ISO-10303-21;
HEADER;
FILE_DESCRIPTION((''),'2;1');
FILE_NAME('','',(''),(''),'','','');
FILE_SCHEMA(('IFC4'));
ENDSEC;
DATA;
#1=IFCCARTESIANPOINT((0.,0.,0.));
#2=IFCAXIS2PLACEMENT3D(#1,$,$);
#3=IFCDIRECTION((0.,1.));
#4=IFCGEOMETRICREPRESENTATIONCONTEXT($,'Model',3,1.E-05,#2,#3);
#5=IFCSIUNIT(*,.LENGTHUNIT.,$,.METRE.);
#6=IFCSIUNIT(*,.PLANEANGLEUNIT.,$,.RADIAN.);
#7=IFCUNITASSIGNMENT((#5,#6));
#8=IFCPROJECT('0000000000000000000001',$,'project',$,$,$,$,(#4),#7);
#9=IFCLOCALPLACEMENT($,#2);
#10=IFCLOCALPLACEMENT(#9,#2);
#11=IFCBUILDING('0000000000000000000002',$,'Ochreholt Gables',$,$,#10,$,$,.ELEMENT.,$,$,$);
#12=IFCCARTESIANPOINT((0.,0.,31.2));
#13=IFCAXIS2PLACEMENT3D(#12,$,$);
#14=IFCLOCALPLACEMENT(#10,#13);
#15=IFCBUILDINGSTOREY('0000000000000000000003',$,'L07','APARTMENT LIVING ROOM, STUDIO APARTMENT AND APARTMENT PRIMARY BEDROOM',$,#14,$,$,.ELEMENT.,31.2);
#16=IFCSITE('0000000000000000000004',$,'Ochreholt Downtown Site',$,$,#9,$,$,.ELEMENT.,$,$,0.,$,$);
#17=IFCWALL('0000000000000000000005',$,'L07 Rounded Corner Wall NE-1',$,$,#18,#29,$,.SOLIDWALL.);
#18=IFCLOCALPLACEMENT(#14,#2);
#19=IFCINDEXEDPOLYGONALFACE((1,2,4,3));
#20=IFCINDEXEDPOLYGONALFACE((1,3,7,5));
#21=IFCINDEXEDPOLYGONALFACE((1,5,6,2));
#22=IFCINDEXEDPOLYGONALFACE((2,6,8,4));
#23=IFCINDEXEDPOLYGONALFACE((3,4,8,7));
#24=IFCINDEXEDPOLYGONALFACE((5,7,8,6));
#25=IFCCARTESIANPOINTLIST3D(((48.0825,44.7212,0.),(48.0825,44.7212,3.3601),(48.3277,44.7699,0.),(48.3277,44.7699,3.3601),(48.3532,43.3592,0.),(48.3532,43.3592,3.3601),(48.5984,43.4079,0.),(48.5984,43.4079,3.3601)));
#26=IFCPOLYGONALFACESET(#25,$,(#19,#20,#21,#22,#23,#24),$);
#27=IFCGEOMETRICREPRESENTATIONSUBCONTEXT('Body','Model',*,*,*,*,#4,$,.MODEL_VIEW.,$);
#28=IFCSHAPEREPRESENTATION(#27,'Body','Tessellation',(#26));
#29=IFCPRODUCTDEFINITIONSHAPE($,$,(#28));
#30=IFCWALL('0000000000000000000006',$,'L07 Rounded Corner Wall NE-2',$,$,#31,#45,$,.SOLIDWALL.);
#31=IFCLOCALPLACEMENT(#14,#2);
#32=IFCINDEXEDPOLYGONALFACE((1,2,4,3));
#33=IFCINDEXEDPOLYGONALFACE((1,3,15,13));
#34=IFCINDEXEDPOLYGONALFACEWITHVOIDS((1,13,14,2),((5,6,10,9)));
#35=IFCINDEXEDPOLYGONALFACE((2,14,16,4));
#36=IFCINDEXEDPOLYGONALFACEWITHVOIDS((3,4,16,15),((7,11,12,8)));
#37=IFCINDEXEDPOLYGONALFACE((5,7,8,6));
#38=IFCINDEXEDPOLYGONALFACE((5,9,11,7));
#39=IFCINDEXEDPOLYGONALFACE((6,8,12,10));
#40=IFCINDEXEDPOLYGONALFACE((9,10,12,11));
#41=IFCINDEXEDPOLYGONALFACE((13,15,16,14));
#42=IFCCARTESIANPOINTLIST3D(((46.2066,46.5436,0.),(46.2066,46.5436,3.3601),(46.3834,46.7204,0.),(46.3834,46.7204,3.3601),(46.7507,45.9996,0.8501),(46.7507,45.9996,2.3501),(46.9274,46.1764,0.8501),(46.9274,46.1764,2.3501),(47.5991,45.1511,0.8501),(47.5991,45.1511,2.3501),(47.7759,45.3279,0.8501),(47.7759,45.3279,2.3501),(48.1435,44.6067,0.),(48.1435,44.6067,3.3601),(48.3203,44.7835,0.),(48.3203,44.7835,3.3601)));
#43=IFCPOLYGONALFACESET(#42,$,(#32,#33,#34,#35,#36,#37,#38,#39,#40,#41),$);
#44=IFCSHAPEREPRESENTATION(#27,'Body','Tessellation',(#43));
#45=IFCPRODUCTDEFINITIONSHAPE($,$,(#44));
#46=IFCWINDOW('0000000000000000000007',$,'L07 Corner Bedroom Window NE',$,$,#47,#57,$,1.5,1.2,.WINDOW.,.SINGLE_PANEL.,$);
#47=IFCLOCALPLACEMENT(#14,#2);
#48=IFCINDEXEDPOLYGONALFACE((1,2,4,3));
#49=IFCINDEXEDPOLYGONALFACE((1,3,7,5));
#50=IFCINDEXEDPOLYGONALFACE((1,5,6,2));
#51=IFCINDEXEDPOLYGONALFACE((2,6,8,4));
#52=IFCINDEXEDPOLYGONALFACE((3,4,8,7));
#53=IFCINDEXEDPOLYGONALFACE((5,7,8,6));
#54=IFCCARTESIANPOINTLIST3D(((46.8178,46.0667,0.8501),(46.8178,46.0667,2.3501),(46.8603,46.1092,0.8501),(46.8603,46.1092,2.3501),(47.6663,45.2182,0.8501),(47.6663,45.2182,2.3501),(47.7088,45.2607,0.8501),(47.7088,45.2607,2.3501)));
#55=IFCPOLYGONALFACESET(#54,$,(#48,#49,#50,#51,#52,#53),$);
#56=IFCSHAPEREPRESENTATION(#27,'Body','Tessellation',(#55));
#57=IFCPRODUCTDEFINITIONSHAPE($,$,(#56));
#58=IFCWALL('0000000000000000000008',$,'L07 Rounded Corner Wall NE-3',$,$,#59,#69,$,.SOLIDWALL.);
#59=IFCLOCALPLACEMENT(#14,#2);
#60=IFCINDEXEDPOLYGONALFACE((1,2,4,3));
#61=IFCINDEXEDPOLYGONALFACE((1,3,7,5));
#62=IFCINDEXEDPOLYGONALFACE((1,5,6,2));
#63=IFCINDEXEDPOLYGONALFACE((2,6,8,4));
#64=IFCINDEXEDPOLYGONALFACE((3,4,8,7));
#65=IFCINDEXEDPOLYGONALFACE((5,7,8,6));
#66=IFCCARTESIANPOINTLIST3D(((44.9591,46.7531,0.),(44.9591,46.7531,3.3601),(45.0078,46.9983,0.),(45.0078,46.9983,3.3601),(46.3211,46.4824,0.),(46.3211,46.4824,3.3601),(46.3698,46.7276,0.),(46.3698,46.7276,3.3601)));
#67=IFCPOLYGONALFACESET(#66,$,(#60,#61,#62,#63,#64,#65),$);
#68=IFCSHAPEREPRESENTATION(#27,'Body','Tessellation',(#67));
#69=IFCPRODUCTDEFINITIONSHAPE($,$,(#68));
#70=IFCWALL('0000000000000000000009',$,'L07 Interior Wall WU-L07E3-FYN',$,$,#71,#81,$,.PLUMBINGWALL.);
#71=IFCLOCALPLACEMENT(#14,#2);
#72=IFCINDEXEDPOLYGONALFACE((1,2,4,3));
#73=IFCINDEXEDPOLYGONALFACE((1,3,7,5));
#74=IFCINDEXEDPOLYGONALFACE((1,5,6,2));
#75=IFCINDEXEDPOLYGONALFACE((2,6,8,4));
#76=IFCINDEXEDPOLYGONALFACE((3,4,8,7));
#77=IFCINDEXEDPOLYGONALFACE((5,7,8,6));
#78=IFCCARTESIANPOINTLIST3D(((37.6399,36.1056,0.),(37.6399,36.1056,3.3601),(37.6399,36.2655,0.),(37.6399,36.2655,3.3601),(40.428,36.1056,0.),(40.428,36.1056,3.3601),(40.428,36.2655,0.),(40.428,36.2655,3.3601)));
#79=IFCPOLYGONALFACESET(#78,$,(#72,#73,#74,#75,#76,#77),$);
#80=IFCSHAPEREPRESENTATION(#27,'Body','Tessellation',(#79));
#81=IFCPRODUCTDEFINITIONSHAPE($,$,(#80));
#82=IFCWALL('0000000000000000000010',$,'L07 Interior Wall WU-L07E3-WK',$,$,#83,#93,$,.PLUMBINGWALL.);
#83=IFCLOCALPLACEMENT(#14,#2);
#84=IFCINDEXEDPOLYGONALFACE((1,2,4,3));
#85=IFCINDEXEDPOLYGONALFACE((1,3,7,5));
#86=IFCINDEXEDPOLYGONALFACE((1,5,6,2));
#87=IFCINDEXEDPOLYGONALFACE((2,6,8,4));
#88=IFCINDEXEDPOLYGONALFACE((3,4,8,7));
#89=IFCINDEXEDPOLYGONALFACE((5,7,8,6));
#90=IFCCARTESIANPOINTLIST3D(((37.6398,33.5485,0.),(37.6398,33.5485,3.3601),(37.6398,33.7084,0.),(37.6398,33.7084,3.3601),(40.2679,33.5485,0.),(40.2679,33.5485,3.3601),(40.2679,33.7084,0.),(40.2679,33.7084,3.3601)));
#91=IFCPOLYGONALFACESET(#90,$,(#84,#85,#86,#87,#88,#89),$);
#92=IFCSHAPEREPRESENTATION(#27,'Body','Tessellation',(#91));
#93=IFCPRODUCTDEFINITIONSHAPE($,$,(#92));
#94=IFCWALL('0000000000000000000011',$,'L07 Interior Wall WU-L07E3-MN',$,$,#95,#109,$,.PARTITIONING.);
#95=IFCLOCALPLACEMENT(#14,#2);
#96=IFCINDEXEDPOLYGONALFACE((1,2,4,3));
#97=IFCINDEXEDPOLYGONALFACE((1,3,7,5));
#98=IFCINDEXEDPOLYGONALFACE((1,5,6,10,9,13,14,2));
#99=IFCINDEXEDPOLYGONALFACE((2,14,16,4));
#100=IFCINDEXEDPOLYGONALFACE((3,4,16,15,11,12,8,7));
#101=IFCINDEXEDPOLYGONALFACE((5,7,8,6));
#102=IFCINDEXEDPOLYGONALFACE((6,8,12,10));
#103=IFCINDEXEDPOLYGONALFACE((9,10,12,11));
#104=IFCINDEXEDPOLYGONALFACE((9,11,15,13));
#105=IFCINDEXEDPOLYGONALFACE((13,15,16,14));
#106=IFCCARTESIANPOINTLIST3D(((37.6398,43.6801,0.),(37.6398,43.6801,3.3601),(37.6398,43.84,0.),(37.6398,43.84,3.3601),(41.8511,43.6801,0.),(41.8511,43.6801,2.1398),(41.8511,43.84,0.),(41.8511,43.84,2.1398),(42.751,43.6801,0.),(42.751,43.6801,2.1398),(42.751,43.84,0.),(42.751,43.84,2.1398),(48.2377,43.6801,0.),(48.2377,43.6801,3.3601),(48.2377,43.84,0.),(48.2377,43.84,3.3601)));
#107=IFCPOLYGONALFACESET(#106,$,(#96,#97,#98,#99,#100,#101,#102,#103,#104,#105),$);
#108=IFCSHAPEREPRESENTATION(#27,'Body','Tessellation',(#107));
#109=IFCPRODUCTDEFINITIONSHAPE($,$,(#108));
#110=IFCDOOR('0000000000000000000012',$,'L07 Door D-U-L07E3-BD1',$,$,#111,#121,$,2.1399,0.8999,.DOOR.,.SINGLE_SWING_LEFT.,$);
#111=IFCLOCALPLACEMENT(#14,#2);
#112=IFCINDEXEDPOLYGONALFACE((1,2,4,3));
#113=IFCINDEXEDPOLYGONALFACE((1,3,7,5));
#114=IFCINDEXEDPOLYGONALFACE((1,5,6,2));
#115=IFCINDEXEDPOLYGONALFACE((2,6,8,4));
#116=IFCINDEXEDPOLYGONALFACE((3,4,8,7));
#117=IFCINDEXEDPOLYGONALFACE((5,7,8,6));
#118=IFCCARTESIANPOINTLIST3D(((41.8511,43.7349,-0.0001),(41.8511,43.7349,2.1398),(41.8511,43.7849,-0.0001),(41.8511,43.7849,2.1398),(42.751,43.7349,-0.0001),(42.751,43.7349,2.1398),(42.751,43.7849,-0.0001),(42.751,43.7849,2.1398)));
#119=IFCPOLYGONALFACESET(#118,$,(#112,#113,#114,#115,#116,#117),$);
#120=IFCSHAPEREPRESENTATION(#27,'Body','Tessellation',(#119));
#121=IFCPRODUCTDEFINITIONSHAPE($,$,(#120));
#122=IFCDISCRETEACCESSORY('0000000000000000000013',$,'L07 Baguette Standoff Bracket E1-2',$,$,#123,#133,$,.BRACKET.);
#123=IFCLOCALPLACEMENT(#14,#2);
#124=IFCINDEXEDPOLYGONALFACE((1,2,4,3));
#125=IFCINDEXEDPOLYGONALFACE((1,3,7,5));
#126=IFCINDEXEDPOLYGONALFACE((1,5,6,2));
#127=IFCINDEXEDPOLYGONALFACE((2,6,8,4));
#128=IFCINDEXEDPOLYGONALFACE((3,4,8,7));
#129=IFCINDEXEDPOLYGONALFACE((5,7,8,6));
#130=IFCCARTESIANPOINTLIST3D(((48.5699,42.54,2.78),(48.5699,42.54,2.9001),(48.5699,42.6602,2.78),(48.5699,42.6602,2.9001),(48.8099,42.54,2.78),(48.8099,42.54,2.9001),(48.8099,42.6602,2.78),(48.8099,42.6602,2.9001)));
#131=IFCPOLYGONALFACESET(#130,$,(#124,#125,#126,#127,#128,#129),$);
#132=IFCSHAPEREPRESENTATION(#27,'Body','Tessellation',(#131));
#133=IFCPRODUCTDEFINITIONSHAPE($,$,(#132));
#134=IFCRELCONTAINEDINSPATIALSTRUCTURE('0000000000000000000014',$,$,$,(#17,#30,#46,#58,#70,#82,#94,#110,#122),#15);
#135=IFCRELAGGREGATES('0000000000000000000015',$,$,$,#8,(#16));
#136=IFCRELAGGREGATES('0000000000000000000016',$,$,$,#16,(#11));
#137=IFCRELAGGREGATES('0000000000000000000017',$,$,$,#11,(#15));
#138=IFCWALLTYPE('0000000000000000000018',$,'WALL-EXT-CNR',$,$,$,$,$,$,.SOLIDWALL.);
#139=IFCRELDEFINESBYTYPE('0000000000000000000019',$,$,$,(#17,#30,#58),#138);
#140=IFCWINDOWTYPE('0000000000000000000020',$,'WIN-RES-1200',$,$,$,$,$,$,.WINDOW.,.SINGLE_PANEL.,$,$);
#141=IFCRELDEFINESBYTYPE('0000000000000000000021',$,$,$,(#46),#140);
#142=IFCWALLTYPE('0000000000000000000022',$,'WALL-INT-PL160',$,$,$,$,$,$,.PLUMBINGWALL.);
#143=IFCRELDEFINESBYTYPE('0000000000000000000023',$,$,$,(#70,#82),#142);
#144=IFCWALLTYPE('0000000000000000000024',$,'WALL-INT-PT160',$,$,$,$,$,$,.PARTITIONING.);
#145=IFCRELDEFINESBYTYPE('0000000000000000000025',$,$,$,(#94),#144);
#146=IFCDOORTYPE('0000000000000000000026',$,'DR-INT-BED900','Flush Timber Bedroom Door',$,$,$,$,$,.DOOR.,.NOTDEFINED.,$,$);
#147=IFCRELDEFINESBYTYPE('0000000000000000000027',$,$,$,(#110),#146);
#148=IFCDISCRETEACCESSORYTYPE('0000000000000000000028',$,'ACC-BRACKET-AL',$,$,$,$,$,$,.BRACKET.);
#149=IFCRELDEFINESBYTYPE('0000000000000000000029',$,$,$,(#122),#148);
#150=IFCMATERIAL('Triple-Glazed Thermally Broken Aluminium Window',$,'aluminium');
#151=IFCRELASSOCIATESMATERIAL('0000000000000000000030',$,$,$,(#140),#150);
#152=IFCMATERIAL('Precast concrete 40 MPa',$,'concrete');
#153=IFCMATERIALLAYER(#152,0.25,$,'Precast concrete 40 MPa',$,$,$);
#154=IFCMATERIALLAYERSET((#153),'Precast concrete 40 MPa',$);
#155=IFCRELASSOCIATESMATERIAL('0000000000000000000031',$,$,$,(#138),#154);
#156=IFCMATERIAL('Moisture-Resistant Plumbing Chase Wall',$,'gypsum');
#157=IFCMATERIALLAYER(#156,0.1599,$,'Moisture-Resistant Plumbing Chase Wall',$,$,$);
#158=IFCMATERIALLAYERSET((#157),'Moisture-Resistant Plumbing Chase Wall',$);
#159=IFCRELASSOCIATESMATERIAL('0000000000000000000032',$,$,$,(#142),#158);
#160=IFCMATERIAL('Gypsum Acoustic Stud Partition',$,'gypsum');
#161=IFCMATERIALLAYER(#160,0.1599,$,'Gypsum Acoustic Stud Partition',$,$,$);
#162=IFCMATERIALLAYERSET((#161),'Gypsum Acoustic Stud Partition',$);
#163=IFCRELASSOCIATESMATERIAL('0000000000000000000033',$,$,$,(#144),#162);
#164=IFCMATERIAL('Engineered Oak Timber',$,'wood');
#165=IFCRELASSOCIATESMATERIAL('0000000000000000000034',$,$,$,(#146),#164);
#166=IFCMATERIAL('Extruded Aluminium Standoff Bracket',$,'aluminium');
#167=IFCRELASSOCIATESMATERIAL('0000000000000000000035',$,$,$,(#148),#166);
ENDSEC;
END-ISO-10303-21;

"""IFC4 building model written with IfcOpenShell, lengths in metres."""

from ifc_helpers import new_model, si_unit, direction, frame, frame_2d, origin, origin_2d, place, context, subcontext, project, spatial, rectangle, extrude, material, layer, layer_set, type_object, element, fill, save


model = new_model("IFC4")

# Units and contexts
model_context = context("Model", 3, precision=1e-05, world=origin(), true_north=direction((0.0, 1.0)))
body_context = subcontext(model_context, "Body", "Model", "MODEL_VIEW")
ifc_project = project(units=[si_unit("LENGTHUNIT", "METRE"), si_unit("PLANEANGLEUNIT", "RADIAN")], contexts=[model_context])

# Site, building, storey
site_placement = place(None, origin())
site = spatial("IfcSite", under=ifc_project, at=site_placement, Name="Ochreholt Downtown Site", CompositionType="ELEMENT", RefElevation=0.0)
building_placement = place(site_placement, origin())
building = spatial("IfcBuilding", under=site, at=building_placement, Name="Ochreholt Gables", CompositionType="ELEMENT")
storey_placement = place(building_placement, frame((0.0, 0.0, 31.2)))
storey = spatial("IfcBuildingStorey", under=building, at=storey_placement, Name="L07", Description="APARTMENT LIVING ROOM, STUDIO APARTMENT AND APARTMENT PRIMARY BEDROOM", CompositionType="ELEMENT", Elevation=31.2)

# Shared definitions
ifc_material_1 = material(Name="Precast concrete 40 MPa", Category="concrete")
ifc_material_2 = material(Name="Triple-Glazed Thermally Broken Aluminium Window", Category="aluminium")
window_type_1 = type_object("IfcWindowType", Name="WIN-RES-1200", PartitioningType="SINGLE_PANEL", PredefinedType="WINDOW", material=ifc_material_2)

# Wall
ifc_layer_1 = layer(ifc_material_1, 0.25, Name="Precast concrete 40 MPa")
ifc_layer_set_1 = layer_set([ifc_layer_1], Name="Precast concrete 40 MPa")
wall_type_1 = type_object("IfcWallType", Name="WALL-EXT-CNR", PredefinedType="SOLIDWALL", material=ifc_layer_set_1)
wall_1_placement = place(storey_placement, frame((48.4758, 43.3835, 0.0), z_axis=(0.0, 0.0, 1.0), x_axis=(-0.194967, 0.98081, 0.0)))
element("IfcWall", 1, at=wall_1_placement, inside=storey, type_object=wall_type_1, Name="L07 Rounded Corner Wall NE-1", PredefinedType="SOLIDWALL", context=body_context, shape_type="SweptSolid", body=[
    extrude(rectangle(XDim=1.3887, YDim=0.25, at=frame_2d((0.6943, 0.0))), origin(), (0.0, 0.0, 1.0), 3.3601),
])

# Wall, opening, window
wall_2_placement = place(storey_placement, frame((48.2319, 44.6951, 0.0), z_axis=(0.0, 0.0, 1.0), x_axis=(-0.707107, 0.707107, 0.0)))
wall_2 = element("IfcWall", 2, at=wall_2_placement, inside=storey, type_object=wall_type_1, Name="L07 Rounded Corner Wall NE-2", PredefinedType="SOLIDWALL", context=body_context, shape_type="SweptSolid", body=[
    extrude(rectangle(XDim=2.7393, YDim=0.25, at=frame_2d((1.3696, 0.0))), origin(), (0.0, 0.0, 1.0), 3.3601),
])
opening_1_placement = place(wall_2_placement, frame((0.7698, 0.0, 0.8501)))
opening_1 = element("IfcOpeningElement", 3, at=opening_1_placement, cuts=wall_2, PredefinedType="OPENING", context=body_context, shape_type="SweptSolid", body=[
    extrude(rectangle(XDim=1.2, YDim=1.5, at=frame_2d((0.6001, 0.75))), frame((0.0, 0.135, 0.0), z_axis=(0.0, -1.0, 0.0), x_axis=(1.0, 0.0, 0.0)), (0.0, 0.0, 1.0), 0.27),
])
window_1_placement = place(opening_1_placement, origin())
window_1 = element("IfcWindow", 4, at=window_1_placement, inside=storey, type_object=window_type_1, Name="L07 Corner Bedroom Window NE", OverallHeight=1.5, OverallWidth=1.2, PartitioningType="SINGLE_PANEL", PredefinedType="WINDOW", context=body_context, shape_type="SweptSolid", body=[
    extrude(rectangle(XDim=1.2, YDim=1.5, at=frame_2d((0.6001, 0.75))), frame((0.0, 0.03, 0.0), z_axis=(0.0, -1.0, 0.0), x_axis=(1.0, 0.0, 0.0)), (0.0, 0.0, 1.0), 0.0601),
])
fill(opening_1, window_1)

# Walls
wall_3_placement = place(storey_placement, frame((46.3455, 46.605, 0.0), z_axis=(0.0, 0.0, 1.0), x_axis=(-0.98081, 0.194967, 0.0)))
element("IfcWall", 5, at=wall_3_placement, inside=storey, type_object=wall_type_1, Name="L07 Rounded Corner Wall NE-3", PredefinedType="SOLIDWALL", context=body_context, shape_type="SweptSolid", body=[
    extrude(rectangle(XDim=1.3887, YDim=0.25, at=frame_2d((0.6943, 0.0))), origin(), (0.0, 0.0, 1.0), 3.3601),
])
ifc_material_3 = material(Name="Moisture-Resistant Plumbing Chase Wall", Category="gypsum")
ifc_layer_2 = layer(ifc_material_3, 0.1599, Name="Moisture-Resistant Plumbing Chase Wall")
ifc_layer_set_2 = layer_set([ifc_layer_2], Name="Moisture-Resistant Plumbing Chase Wall")
wall_type_2 = type_object("IfcWallType", Name="WALL-INT-PL160", PredefinedType="PLUMBINGWALL", material=ifc_layer_set_2)
wall_4_placement = place(storey_placement, frame((37.6399, 36.1855, 0.0), z_axis=(0.0, 0.0, 1.0), x_axis=(1.0, 0.0, 0.0)))
element("IfcWall", 6, at=wall_4_placement, inside=storey, type_object=wall_type_2, Name="L07 Interior Wall WU-L07E3-FYN", PredefinedType="PLUMBINGWALL", context=body_context, shape_type="SweptSolid", body=[
    extrude(rectangle(XDim=2.7881, YDim=0.1599, at=frame_2d((1.394, 0.0))), origin(), (0.0, 0.0, 1.0), 3.3601),
])
wall_5_placement = place(storey_placement, frame((37.6399, 33.6284, 0.0), z_axis=(0.0, 0.0, 1.0), x_axis=(1.0, 0.0, 0.0)))
element("IfcWall", 7, at=wall_5_placement, inside=storey, type_object=wall_type_2, Name="L07 Interior Wall WU-L07E3-WK", PredefinedType="PLUMBINGWALL", context=body_context, shape_type="SweptSolid", body=[
    extrude(rectangle(XDim=2.6282, YDim=0.1599, at=frame_2d((1.314, 0.0))), origin(), (0.0, 0.0, 1.0), 3.3601),
])

# Wall, opening, door
ifc_material_4 = material(Name="Gypsum Acoustic Stud Partition", Category="gypsum")
ifc_layer_3 = layer(ifc_material_4, 0.1599, Name="Gypsum Acoustic Stud Partition")
ifc_layer_set_3 = layer_set([ifc_layer_3], Name="Gypsum Acoustic Stud Partition")
wall_type_3 = type_object("IfcWallType", Name="WALL-INT-PT160", PredefinedType="PARTITIONING", material=ifc_layer_set_3)
wall_6_placement = place(storey_placement, frame((37.6399, 43.76, 0.0), z_axis=(0.0, 0.0, 1.0), x_axis=(1.0, 0.0, 0.0)))
wall_6 = element("IfcWall", 8, at=wall_6_placement, inside=storey, type_object=wall_type_3, Name="L07 Interior Wall WU-L07E3-MN", PredefinedType="PARTITIONING", context=body_context, shape_type="SweptSolid", body=[
    extrude(rectangle(XDim=10.5979, YDim=0.1599, at=frame_2d((5.2988, 0.0))), origin(), (0.0, 0.0, 1.0), 3.3601),
])
opening_2_placement = place(wall_6_placement, frame((4.2112, 0.0, 0.0)))
opening_2 = element("IfcOpeningElement", 9, at=opening_2_placement, cuts=wall_6, PredefinedType="OPENING", context=body_context, shape_type="SweptSolid", body=[
    extrude(rectangle(XDim=0.8999, YDim=2.1399, at=frame_2d((0.45, 1.0698))), frame((0.0, 0.0898, 0.0), z_axis=(0.0, -1.0, 0.0), x_axis=(1.0, 0.0, 0.0)), (0.0, 0.0, 1.0), 0.1799),
])
ifc_material_5 = material(Name="Engineered Oak Timber", Category="wood")
door_type = type_object("IfcDoorType", Name="DR-INT-BED900", Description="Flush Timber Bedroom Door", OperationType="NOTDEFINED", PredefinedType="DOOR", material=ifc_material_5)
door_placement = place(opening_2_placement, origin())
door = element("IfcDoor", 10, at=door_placement, inside=storey, type_object=door_type, Name="L07 Door D-U-L07E3-BD1", OperationType="SINGLE_SWING_LEFT", OverallHeight=2.1399, OverallWidth=0.8999, PredefinedType="DOOR", context=body_context, shape_type="SweptSolid", body=[
    extrude(rectangle(XDim=0.8999, YDim=2.1399, at=frame_2d((0.45, 1.0698))), frame((0.0, 0.0249, 0.0), z_axis=(0.0, -1.0, 0.0), x_axis=(1.0, 0.0, 0.0)), (0.0, 0.0, 1.0), 0.05),
])
fill(opening_2, door)

# Discrete accessory
ifc_material_6 = material(Name="Extruded Aluminium Standoff Bracket", Category="aluminium")
discrete_accessory_type = type_object("IfcDiscreteAccessoryType", Name="ACC-BRACKET-AL", PredefinedType="BRACKET", material=ifc_material_6)
discrete_accessory_placement = place(storey_placement, frame((48.6899, 42.6001, 2.78), z_axis=(0.0, 0.0, 1.0), x_axis=(0.0, 1.0, 0.0)))
element("IfcDiscreteAccessory", 11, at=discrete_accessory_placement, inside=storey, type_object=discrete_accessory_type, Name="L07 Baguette Standoff Bracket E1-2", PredefinedType="BRACKET", context=body_context, shape_type="SweptSolid", body=[
    extrude(rectangle(XDim=0.1201, YDim=0.24, at=origin_2d()), origin(), (0.0, 0.0, 1.0), 0.1201),
])

save(model, "model.ifc")
